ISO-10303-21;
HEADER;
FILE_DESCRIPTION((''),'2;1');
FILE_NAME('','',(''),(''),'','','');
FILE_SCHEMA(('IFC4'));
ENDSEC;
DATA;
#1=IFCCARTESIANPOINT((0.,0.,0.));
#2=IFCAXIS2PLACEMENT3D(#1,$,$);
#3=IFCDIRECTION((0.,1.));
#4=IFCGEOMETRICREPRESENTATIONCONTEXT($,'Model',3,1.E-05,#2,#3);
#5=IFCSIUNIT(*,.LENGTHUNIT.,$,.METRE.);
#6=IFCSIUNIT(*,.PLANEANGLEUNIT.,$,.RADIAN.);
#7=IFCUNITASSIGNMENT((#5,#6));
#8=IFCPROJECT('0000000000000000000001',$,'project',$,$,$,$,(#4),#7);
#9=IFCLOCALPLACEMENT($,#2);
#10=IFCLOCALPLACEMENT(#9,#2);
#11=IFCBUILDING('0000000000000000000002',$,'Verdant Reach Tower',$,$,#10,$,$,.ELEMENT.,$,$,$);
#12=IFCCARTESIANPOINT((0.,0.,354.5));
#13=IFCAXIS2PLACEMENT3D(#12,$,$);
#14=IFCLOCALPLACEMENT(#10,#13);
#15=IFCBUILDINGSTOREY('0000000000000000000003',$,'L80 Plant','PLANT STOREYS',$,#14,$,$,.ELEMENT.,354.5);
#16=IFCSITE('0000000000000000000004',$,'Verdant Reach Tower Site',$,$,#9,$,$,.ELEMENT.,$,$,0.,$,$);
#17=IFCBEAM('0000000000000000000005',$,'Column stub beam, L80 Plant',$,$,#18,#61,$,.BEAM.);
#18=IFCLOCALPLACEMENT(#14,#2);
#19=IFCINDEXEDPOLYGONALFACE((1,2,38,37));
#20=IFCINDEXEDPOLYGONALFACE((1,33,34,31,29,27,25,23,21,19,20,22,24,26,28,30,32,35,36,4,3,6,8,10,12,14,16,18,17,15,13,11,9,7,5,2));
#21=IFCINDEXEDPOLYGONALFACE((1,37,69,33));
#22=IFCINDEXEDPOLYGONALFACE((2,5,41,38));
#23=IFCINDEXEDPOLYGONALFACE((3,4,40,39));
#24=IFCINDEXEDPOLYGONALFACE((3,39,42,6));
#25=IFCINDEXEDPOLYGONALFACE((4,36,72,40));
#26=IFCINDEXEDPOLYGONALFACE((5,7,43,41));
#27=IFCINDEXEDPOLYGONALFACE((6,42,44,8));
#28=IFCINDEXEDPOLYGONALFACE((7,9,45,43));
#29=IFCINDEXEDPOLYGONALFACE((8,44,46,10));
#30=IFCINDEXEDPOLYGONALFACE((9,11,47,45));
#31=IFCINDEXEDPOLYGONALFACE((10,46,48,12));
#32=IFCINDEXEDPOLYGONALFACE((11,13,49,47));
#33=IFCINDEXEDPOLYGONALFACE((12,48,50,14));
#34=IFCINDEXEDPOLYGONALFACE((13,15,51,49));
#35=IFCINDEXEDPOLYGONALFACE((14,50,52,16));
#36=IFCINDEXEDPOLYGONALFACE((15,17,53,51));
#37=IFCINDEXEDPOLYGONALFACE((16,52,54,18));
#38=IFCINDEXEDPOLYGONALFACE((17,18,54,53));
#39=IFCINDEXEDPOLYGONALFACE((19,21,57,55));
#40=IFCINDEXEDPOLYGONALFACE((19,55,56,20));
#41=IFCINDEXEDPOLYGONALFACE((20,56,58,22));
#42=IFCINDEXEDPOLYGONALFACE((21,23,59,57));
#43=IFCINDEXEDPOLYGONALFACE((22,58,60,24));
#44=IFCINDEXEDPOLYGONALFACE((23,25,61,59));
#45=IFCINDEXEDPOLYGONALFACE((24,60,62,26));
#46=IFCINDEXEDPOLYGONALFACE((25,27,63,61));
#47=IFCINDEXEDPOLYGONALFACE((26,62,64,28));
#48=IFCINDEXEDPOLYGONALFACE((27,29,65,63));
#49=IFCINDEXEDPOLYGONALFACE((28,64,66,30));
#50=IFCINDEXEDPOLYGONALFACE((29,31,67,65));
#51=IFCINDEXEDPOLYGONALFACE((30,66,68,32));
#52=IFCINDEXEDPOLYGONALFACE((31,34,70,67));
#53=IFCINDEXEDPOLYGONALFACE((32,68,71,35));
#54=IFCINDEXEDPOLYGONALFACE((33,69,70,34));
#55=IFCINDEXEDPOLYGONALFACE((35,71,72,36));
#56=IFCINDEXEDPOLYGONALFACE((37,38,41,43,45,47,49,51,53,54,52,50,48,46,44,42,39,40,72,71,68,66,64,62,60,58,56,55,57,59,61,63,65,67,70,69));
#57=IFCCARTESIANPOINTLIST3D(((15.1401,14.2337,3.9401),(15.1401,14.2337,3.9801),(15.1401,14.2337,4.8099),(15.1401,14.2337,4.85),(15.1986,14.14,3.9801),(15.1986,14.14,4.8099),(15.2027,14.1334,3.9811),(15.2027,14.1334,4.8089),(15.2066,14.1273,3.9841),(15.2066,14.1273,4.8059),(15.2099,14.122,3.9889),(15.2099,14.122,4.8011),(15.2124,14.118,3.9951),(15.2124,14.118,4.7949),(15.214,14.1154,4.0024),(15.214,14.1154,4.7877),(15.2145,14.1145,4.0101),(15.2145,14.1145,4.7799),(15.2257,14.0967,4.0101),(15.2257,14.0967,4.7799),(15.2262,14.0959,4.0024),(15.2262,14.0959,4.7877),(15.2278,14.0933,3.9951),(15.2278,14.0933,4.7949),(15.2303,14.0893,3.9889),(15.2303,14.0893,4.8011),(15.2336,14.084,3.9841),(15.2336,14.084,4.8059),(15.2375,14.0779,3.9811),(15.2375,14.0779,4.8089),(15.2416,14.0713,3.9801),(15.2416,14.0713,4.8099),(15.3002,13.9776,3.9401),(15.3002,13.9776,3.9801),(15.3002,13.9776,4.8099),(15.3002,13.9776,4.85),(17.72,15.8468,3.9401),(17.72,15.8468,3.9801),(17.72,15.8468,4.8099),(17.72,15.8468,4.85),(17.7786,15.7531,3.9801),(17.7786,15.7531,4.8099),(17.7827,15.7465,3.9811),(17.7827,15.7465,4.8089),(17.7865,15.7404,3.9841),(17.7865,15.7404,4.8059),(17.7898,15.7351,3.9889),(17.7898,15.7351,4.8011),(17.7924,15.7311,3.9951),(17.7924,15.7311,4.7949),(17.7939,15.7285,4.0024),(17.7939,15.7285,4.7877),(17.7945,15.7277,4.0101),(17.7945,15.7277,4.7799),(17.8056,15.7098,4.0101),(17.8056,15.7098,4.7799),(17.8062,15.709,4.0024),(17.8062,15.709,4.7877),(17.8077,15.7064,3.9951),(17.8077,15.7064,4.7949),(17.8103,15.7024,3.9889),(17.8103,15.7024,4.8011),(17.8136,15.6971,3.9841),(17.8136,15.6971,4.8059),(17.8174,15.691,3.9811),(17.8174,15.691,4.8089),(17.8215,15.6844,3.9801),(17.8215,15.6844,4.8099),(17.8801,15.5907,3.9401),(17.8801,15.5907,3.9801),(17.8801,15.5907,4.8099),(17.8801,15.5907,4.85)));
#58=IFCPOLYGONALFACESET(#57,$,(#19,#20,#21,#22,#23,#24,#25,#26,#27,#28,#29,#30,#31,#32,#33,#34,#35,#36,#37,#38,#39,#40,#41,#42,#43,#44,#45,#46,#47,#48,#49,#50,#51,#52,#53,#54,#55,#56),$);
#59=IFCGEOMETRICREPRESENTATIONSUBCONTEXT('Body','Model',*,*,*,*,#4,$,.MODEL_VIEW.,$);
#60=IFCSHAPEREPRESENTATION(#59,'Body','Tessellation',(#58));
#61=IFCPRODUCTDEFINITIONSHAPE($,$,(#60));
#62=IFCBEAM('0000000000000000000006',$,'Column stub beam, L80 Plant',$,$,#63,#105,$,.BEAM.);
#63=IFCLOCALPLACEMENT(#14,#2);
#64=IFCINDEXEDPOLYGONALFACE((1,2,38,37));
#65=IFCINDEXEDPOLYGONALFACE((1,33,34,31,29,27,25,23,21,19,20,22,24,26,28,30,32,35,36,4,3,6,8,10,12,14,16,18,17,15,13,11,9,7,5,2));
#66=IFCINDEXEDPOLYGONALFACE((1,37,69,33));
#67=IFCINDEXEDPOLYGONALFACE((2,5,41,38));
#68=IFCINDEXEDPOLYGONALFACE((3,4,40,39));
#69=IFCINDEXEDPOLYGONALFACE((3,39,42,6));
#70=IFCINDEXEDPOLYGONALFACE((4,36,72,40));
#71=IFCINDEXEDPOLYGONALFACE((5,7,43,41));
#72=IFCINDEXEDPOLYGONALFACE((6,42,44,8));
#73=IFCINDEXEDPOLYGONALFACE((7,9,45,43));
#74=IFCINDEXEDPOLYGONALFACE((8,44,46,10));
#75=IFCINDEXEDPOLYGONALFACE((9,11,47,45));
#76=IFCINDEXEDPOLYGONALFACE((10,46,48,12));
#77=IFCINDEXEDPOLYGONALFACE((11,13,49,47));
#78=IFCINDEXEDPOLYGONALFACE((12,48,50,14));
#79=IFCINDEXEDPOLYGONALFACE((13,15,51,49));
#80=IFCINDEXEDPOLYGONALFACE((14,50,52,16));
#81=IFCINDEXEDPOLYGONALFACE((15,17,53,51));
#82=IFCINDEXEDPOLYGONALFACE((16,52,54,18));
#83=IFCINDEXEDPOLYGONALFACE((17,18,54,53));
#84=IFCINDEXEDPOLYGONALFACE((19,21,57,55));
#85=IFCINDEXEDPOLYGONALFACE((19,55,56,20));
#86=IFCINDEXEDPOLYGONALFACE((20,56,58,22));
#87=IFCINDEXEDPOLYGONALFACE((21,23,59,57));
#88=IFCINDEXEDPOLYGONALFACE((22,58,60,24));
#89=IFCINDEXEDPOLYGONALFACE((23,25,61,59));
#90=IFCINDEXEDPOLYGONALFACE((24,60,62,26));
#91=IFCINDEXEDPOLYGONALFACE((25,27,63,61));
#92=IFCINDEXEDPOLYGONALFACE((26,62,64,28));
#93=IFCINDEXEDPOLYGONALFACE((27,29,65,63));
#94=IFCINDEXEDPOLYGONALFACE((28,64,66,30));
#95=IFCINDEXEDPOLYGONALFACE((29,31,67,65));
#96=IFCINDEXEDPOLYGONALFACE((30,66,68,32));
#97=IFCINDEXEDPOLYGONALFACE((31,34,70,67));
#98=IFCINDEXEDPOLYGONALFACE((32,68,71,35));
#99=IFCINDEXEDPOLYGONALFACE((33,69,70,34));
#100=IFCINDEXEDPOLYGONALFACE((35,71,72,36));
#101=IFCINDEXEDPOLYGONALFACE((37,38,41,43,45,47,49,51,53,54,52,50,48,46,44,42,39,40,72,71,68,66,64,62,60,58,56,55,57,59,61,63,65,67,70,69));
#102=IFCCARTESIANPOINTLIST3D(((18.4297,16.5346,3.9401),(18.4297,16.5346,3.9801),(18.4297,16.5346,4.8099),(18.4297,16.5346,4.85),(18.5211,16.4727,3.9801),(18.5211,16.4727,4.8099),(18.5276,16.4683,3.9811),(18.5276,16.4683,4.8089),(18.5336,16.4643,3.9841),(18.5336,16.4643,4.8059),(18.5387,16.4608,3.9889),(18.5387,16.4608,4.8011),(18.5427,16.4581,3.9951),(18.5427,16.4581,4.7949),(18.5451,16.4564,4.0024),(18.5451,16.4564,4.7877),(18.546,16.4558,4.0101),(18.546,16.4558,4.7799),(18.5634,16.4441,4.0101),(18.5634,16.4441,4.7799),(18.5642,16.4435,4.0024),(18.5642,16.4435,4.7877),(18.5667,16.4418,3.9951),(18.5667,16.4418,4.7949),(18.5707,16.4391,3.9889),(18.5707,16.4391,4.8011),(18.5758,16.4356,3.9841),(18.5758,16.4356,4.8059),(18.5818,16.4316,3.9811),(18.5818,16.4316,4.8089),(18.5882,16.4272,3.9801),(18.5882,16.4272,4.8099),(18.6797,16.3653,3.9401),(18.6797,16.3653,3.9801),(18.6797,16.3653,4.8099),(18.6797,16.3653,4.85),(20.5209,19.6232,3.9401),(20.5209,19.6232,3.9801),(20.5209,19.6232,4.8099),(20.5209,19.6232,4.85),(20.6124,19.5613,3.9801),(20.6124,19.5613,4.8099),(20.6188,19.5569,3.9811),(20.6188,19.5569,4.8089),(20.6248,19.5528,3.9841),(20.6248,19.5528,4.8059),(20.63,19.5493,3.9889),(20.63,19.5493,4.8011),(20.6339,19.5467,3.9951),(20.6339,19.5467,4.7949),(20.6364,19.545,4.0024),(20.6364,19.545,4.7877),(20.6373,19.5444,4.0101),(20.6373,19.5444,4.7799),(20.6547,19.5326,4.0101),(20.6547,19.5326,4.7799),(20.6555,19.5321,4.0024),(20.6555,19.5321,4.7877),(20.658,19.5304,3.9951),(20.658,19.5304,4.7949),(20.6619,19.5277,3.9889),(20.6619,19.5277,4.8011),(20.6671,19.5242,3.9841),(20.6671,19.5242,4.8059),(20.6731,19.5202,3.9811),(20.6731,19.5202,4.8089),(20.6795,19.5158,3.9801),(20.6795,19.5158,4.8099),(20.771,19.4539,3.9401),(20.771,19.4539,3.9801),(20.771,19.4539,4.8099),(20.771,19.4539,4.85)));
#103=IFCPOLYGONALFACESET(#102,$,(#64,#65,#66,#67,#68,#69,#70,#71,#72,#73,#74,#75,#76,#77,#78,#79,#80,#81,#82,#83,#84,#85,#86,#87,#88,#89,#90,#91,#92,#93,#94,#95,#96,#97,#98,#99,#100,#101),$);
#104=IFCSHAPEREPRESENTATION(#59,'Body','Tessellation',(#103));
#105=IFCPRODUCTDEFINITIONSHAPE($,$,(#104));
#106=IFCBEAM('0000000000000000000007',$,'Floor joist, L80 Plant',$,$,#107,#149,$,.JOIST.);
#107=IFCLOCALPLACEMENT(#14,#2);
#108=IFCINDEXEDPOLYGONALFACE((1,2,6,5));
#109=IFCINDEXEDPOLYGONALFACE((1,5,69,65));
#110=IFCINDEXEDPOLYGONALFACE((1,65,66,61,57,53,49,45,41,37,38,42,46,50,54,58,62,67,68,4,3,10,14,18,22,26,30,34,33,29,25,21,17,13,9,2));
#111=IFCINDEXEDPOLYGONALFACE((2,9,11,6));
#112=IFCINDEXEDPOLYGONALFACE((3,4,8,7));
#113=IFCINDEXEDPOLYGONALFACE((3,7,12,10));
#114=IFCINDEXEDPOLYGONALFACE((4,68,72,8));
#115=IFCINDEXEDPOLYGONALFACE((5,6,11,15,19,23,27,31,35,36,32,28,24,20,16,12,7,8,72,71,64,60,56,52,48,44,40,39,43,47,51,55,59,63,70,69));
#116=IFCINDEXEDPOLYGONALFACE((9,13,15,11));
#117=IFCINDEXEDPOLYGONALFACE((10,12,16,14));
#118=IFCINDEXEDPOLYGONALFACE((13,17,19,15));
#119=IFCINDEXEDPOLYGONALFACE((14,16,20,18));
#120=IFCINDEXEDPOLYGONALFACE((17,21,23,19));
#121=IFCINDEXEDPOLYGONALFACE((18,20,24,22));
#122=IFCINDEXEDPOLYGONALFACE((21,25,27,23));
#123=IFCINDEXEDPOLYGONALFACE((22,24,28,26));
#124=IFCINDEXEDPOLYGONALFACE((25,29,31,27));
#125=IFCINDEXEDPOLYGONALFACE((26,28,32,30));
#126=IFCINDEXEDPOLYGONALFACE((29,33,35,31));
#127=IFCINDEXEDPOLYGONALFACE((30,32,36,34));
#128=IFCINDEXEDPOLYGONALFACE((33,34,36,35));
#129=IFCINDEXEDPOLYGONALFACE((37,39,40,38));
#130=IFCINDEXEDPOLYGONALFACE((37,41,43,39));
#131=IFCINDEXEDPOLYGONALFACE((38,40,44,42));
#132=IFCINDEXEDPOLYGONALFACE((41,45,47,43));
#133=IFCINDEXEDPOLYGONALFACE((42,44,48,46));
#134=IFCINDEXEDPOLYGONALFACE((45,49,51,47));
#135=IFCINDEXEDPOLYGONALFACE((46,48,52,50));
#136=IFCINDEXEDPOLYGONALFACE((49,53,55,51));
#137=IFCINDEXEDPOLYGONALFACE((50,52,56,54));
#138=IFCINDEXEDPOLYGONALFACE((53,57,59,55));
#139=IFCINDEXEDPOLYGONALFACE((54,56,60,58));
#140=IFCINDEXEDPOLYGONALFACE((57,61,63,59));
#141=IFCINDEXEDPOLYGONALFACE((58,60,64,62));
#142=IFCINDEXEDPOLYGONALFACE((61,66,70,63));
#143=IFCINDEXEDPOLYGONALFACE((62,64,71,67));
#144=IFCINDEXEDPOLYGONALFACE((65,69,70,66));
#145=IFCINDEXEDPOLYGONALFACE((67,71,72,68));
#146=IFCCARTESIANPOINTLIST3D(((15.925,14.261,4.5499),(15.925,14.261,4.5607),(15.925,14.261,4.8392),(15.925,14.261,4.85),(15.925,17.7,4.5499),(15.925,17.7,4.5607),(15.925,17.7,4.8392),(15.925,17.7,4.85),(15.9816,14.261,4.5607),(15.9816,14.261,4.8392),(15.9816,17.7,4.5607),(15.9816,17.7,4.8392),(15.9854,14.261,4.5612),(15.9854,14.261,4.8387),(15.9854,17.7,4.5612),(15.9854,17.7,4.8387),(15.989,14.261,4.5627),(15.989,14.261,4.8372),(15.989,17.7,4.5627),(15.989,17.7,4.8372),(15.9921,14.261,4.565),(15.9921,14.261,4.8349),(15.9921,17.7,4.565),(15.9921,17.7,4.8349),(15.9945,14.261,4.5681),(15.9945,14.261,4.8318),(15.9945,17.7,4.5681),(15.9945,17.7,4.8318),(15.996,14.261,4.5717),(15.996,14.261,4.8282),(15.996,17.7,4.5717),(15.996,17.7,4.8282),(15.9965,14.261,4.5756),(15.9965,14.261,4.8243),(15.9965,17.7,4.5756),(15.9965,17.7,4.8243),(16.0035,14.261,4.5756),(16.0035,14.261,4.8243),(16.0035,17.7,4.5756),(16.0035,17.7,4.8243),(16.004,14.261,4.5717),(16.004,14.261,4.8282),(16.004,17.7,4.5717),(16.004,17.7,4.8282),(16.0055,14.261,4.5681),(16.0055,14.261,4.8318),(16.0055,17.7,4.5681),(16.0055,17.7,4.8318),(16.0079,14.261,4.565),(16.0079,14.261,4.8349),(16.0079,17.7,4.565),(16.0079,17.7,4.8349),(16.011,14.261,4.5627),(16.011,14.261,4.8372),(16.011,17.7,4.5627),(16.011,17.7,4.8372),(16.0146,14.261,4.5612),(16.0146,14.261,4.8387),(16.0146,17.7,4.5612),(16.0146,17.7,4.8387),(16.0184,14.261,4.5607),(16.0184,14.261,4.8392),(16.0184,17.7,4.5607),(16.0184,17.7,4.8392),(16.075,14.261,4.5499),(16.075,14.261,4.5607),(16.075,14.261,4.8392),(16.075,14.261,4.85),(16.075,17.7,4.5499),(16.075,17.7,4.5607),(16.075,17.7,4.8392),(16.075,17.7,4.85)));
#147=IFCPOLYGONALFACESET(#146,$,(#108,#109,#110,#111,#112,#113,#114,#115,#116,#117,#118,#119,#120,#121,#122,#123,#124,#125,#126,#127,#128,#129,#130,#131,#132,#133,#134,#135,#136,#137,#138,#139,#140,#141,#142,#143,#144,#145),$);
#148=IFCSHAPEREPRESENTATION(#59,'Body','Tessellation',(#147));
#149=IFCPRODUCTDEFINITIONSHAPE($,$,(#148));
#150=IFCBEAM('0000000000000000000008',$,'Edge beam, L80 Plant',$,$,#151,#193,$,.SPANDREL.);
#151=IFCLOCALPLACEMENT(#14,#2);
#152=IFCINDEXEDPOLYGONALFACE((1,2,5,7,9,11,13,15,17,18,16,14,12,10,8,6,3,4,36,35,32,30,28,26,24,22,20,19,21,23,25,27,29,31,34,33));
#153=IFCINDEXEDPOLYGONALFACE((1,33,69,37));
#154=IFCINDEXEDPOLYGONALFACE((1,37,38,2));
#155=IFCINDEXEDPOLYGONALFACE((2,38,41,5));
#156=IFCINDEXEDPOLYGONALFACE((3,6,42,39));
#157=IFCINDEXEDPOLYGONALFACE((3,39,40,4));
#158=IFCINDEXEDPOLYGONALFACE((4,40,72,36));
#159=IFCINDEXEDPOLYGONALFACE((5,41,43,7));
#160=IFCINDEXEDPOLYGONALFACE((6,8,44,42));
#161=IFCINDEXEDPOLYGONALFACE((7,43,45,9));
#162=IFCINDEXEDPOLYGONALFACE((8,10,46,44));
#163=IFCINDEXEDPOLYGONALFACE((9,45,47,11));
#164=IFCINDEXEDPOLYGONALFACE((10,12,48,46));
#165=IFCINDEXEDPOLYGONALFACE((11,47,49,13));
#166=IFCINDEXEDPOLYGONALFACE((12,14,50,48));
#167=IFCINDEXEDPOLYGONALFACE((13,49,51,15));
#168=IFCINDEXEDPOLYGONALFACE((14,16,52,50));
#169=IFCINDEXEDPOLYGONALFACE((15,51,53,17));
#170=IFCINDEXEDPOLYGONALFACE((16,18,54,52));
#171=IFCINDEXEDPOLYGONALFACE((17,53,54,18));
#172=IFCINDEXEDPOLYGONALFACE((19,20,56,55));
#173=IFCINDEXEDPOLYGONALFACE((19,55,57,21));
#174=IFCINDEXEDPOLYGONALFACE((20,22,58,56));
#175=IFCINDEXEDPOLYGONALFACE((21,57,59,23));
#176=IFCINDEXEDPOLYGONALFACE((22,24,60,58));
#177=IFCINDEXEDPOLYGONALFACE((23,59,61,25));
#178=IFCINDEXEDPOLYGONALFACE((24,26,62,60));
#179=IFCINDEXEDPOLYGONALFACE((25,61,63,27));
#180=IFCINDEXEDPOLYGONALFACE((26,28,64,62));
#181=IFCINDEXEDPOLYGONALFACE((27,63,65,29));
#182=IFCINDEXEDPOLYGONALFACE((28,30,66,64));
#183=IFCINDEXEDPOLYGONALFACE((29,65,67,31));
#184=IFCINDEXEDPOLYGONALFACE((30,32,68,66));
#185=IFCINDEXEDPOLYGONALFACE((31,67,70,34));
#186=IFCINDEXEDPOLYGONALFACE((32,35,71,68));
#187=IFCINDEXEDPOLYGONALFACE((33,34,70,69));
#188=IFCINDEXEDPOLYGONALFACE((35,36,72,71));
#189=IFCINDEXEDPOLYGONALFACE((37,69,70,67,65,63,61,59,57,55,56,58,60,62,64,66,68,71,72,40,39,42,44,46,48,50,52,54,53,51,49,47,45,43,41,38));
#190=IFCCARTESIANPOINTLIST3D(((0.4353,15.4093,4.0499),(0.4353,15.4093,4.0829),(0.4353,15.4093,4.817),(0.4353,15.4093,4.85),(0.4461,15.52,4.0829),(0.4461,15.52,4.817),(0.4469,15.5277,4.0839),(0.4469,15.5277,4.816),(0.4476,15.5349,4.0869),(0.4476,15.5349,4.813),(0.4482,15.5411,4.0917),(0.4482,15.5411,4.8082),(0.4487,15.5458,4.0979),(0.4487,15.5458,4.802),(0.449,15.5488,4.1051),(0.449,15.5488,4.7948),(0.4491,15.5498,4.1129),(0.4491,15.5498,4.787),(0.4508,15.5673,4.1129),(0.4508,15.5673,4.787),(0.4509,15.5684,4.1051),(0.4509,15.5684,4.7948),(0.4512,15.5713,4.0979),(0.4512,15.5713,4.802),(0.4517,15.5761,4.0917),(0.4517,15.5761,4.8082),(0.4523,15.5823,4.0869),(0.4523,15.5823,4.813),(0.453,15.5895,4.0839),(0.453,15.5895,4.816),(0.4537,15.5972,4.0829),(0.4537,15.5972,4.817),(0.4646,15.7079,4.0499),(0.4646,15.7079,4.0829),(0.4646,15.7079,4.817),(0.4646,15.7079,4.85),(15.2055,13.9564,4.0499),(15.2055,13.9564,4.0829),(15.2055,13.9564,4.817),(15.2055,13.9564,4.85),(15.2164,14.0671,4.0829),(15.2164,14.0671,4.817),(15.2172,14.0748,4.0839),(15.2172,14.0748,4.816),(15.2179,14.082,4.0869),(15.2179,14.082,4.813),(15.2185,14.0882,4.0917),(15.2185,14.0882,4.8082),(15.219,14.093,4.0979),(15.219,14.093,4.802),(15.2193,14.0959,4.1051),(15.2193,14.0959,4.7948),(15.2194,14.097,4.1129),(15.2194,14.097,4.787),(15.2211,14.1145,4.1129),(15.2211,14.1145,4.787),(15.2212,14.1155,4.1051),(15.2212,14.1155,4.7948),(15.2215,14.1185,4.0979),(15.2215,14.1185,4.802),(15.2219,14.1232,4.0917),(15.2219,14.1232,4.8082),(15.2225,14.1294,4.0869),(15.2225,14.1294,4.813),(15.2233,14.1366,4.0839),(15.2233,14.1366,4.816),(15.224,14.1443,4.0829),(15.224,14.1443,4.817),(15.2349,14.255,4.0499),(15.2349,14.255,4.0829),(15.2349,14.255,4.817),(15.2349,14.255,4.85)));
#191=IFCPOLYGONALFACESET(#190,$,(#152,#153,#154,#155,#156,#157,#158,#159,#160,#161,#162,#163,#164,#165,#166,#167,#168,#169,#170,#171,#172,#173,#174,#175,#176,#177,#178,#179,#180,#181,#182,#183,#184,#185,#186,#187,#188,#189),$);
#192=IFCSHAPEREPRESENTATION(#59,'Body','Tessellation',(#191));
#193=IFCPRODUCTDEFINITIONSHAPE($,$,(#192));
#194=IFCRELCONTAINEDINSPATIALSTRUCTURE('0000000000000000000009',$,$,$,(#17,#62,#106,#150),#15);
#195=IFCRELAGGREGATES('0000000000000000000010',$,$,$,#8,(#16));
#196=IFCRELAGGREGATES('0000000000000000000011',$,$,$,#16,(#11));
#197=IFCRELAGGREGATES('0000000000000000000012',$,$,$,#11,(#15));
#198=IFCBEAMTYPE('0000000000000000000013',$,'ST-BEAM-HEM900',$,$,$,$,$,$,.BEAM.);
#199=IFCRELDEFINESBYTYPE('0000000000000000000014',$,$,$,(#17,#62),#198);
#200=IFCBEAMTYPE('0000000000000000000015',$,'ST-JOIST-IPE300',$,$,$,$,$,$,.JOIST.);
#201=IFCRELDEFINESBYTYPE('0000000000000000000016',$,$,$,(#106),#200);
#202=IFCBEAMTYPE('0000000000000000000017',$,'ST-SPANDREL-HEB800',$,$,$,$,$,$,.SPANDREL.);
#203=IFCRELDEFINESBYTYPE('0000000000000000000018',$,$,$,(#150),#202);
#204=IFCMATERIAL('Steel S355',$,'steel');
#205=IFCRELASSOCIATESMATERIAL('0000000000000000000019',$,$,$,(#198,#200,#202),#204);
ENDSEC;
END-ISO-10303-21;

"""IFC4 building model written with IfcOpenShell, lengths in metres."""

from ifc_helpers import new_model, si_unit, direction, frame, origin, origin_2d, place, context, subcontext, project, spatial, i_section, extrude, material, material_profile, profile_set, type_object, element, save


model = new_model("IFC4")

# Units and contexts
model_context = context("Model", 3, precision=1e-05, world=origin(), true_north=direction((0.0, 1.0)))
body_context = subcontext(model_context, "Body", "Model", "MODEL_VIEW")
ifc_project = project(units=[si_unit("LENGTHUNIT", "METRE"), si_unit("PLANEANGLEUNIT", "RADIAN")], contexts=[model_context])

# Site, building, storey
site_placement = place(None, origin())
site = spatial("IfcSite", under=ifc_project, at=site_placement, Name="Verdant Reach Tower Site", CompositionType="ELEMENT", RefElevation=0.0)
building_placement = place(site_placement, origin())
building = spatial("IfcBuilding", under=site, at=building_placement, Name="Verdant Reach Tower", CompositionType="ELEMENT")
storey_placement = place(building_placement, frame((0.0, 0.0, 354.5)))
storey = spatial("IfcBuildingStorey", under=building, at=storey_placement, Name="L80 Plant", Description="PLANT STOREYS", CompositionType="ELEMENT", Elevation=354.5)

# Beams
ifc_material_1 = material(Name="Steel S355", Category="steel")
ifc_material_profile_1 = material_profile(ifc_material_1, i_section(OverallWidth=0.302, OverallDepth=0.9099, WebThickness=0.021, FlangeThickness=0.04, FilletRadius=0.03, at=origin_2d()), Name="HEM 900")
ifc_profile_set_1 = profile_set([ifc_material_profile_1], Name="Steel S355")
beam_type_1 = type_object("IfcBeamType", Name="ST-BEAM-HEM900", PredefinedType="BEAM", material=ifc_profile_set_1)
beam_1_placement = place(storey_placement, frame((17.8, 15.7188, 4.395), z_axis=(-0.847904, -0.53015, 0.0), x_axis=(0.53015, -0.847904, 0.0)))
element("IfcBeam", 1, at=beam_1_placement, inside=storey, type_object=beam_type_1, Name="Column stub beam, L80 Plant", PredefinedType="BEAM", context=body_context, shape_type="SweptSolid", body=[
    extrude(i_section(OverallWidth=0.302, OverallDepth=0.9099, WebThickness=0.021, FlangeThickness=0.04, FilletRadius=0.03, at=origin_2d()), origin(), (0.0, 0.0, 1.0), 3.0427),
])
beam_2_placement = place(storey_placement, frame((18.5547, 16.45, 4.395), z_axis=(0.560667, 0.828041, 0.0), x_axis=(-0.828041, 0.560667, 0.0)))
element("IfcBeam", 2, at=beam_2_placement, inside=storey, type_object=beam_type_1, Name="Column stub beam, L80 Plant", PredefinedType="BEAM", context=body_context, shape_type="SweptSolid", body=[
    extrude(i_section(OverallWidth=0.302, OverallDepth=0.9099, WebThickness=0.021, FlangeThickness=0.04, FilletRadius=0.03, at=origin_2d()), origin(), (0.0, 0.0, 1.0), 3.73),
])
ifc_material_profile_2 = material_profile(ifc_material_1, i_section(OverallWidth=0.1499, OverallDepth=0.3, WebThickness=0.0071, FlangeThickness=0.0107, FilletRadius=0.0149, at=origin_2d()), Name="IPE 300")
ifc_profile_set_2 = profile_set([ifc_material_profile_2], Name="Steel S355")
beam_type_2 = type_object("IfcBeamType", Name="ST-JOIST-IPE300", PredefinedType="JOIST", material=ifc_profile_set_2)
beam_3_placement = place(storey_placement, frame((16.0, 17.7, 4.7), z_axis=(0.0, -1.0, 0.0), x_axis=(1.0, 0.0, 0.0)))
element("IfcBeam", 3, at=beam_3_placement, inside=storey, type_object=beam_type_2, Name="Floor joist, L80 Plant", PredefinedType="JOIST", context=body_context, shape_type="SweptSolid", body=[
    extrude(i_section(OverallWidth=0.1499, OverallDepth=0.3, WebThickness=0.0071, FlangeThickness=0.0107, FilletRadius=0.0149, at=origin_2d()), origin(), (0.0, 0.0, 1.0), 3.439),
])
ifc_material_profile_3 = material_profile(ifc_material_1, i_section(OverallWidth=0.3, OverallDepth=0.8, WebThickness=0.0176, FlangeThickness=0.033, FilletRadius=0.03, at=origin_2d()), Name="HEB 800")
ifc_profile_set_3 = profile_set([ifc_material_profile_3], Name="Steel S355")
beam_type_3 = type_object("IfcBeamType", Name="ST-SPANDREL-HEB800", PredefinedType="SPANDREL", material=ifc_profile_set_3)
beam_4_placement = place(storey_placement, frame((15.2202, 14.1057, 4.45), z_axis=(-0.995197, 0.097893, 0.0), x_axis=(-0.097893, -0.995197, 0.0)))
element("IfcBeam", 4, at=beam_4_placement, inside=storey, type_object=beam_type_3, Name="Edge beam, L80 Plant", PredefinedType="SPANDREL", context=body_context, shape_type="SweptSolid", body=[
    extrude(i_section(OverallWidth=0.3, OverallDepth=0.8, WebThickness=0.0176, FlangeThickness=0.033, FilletRadius=0.03, at=origin_2d()), origin(), (0.0, 0.0, 1.0), 14.8416),
])

save(model, "model.ifc")
